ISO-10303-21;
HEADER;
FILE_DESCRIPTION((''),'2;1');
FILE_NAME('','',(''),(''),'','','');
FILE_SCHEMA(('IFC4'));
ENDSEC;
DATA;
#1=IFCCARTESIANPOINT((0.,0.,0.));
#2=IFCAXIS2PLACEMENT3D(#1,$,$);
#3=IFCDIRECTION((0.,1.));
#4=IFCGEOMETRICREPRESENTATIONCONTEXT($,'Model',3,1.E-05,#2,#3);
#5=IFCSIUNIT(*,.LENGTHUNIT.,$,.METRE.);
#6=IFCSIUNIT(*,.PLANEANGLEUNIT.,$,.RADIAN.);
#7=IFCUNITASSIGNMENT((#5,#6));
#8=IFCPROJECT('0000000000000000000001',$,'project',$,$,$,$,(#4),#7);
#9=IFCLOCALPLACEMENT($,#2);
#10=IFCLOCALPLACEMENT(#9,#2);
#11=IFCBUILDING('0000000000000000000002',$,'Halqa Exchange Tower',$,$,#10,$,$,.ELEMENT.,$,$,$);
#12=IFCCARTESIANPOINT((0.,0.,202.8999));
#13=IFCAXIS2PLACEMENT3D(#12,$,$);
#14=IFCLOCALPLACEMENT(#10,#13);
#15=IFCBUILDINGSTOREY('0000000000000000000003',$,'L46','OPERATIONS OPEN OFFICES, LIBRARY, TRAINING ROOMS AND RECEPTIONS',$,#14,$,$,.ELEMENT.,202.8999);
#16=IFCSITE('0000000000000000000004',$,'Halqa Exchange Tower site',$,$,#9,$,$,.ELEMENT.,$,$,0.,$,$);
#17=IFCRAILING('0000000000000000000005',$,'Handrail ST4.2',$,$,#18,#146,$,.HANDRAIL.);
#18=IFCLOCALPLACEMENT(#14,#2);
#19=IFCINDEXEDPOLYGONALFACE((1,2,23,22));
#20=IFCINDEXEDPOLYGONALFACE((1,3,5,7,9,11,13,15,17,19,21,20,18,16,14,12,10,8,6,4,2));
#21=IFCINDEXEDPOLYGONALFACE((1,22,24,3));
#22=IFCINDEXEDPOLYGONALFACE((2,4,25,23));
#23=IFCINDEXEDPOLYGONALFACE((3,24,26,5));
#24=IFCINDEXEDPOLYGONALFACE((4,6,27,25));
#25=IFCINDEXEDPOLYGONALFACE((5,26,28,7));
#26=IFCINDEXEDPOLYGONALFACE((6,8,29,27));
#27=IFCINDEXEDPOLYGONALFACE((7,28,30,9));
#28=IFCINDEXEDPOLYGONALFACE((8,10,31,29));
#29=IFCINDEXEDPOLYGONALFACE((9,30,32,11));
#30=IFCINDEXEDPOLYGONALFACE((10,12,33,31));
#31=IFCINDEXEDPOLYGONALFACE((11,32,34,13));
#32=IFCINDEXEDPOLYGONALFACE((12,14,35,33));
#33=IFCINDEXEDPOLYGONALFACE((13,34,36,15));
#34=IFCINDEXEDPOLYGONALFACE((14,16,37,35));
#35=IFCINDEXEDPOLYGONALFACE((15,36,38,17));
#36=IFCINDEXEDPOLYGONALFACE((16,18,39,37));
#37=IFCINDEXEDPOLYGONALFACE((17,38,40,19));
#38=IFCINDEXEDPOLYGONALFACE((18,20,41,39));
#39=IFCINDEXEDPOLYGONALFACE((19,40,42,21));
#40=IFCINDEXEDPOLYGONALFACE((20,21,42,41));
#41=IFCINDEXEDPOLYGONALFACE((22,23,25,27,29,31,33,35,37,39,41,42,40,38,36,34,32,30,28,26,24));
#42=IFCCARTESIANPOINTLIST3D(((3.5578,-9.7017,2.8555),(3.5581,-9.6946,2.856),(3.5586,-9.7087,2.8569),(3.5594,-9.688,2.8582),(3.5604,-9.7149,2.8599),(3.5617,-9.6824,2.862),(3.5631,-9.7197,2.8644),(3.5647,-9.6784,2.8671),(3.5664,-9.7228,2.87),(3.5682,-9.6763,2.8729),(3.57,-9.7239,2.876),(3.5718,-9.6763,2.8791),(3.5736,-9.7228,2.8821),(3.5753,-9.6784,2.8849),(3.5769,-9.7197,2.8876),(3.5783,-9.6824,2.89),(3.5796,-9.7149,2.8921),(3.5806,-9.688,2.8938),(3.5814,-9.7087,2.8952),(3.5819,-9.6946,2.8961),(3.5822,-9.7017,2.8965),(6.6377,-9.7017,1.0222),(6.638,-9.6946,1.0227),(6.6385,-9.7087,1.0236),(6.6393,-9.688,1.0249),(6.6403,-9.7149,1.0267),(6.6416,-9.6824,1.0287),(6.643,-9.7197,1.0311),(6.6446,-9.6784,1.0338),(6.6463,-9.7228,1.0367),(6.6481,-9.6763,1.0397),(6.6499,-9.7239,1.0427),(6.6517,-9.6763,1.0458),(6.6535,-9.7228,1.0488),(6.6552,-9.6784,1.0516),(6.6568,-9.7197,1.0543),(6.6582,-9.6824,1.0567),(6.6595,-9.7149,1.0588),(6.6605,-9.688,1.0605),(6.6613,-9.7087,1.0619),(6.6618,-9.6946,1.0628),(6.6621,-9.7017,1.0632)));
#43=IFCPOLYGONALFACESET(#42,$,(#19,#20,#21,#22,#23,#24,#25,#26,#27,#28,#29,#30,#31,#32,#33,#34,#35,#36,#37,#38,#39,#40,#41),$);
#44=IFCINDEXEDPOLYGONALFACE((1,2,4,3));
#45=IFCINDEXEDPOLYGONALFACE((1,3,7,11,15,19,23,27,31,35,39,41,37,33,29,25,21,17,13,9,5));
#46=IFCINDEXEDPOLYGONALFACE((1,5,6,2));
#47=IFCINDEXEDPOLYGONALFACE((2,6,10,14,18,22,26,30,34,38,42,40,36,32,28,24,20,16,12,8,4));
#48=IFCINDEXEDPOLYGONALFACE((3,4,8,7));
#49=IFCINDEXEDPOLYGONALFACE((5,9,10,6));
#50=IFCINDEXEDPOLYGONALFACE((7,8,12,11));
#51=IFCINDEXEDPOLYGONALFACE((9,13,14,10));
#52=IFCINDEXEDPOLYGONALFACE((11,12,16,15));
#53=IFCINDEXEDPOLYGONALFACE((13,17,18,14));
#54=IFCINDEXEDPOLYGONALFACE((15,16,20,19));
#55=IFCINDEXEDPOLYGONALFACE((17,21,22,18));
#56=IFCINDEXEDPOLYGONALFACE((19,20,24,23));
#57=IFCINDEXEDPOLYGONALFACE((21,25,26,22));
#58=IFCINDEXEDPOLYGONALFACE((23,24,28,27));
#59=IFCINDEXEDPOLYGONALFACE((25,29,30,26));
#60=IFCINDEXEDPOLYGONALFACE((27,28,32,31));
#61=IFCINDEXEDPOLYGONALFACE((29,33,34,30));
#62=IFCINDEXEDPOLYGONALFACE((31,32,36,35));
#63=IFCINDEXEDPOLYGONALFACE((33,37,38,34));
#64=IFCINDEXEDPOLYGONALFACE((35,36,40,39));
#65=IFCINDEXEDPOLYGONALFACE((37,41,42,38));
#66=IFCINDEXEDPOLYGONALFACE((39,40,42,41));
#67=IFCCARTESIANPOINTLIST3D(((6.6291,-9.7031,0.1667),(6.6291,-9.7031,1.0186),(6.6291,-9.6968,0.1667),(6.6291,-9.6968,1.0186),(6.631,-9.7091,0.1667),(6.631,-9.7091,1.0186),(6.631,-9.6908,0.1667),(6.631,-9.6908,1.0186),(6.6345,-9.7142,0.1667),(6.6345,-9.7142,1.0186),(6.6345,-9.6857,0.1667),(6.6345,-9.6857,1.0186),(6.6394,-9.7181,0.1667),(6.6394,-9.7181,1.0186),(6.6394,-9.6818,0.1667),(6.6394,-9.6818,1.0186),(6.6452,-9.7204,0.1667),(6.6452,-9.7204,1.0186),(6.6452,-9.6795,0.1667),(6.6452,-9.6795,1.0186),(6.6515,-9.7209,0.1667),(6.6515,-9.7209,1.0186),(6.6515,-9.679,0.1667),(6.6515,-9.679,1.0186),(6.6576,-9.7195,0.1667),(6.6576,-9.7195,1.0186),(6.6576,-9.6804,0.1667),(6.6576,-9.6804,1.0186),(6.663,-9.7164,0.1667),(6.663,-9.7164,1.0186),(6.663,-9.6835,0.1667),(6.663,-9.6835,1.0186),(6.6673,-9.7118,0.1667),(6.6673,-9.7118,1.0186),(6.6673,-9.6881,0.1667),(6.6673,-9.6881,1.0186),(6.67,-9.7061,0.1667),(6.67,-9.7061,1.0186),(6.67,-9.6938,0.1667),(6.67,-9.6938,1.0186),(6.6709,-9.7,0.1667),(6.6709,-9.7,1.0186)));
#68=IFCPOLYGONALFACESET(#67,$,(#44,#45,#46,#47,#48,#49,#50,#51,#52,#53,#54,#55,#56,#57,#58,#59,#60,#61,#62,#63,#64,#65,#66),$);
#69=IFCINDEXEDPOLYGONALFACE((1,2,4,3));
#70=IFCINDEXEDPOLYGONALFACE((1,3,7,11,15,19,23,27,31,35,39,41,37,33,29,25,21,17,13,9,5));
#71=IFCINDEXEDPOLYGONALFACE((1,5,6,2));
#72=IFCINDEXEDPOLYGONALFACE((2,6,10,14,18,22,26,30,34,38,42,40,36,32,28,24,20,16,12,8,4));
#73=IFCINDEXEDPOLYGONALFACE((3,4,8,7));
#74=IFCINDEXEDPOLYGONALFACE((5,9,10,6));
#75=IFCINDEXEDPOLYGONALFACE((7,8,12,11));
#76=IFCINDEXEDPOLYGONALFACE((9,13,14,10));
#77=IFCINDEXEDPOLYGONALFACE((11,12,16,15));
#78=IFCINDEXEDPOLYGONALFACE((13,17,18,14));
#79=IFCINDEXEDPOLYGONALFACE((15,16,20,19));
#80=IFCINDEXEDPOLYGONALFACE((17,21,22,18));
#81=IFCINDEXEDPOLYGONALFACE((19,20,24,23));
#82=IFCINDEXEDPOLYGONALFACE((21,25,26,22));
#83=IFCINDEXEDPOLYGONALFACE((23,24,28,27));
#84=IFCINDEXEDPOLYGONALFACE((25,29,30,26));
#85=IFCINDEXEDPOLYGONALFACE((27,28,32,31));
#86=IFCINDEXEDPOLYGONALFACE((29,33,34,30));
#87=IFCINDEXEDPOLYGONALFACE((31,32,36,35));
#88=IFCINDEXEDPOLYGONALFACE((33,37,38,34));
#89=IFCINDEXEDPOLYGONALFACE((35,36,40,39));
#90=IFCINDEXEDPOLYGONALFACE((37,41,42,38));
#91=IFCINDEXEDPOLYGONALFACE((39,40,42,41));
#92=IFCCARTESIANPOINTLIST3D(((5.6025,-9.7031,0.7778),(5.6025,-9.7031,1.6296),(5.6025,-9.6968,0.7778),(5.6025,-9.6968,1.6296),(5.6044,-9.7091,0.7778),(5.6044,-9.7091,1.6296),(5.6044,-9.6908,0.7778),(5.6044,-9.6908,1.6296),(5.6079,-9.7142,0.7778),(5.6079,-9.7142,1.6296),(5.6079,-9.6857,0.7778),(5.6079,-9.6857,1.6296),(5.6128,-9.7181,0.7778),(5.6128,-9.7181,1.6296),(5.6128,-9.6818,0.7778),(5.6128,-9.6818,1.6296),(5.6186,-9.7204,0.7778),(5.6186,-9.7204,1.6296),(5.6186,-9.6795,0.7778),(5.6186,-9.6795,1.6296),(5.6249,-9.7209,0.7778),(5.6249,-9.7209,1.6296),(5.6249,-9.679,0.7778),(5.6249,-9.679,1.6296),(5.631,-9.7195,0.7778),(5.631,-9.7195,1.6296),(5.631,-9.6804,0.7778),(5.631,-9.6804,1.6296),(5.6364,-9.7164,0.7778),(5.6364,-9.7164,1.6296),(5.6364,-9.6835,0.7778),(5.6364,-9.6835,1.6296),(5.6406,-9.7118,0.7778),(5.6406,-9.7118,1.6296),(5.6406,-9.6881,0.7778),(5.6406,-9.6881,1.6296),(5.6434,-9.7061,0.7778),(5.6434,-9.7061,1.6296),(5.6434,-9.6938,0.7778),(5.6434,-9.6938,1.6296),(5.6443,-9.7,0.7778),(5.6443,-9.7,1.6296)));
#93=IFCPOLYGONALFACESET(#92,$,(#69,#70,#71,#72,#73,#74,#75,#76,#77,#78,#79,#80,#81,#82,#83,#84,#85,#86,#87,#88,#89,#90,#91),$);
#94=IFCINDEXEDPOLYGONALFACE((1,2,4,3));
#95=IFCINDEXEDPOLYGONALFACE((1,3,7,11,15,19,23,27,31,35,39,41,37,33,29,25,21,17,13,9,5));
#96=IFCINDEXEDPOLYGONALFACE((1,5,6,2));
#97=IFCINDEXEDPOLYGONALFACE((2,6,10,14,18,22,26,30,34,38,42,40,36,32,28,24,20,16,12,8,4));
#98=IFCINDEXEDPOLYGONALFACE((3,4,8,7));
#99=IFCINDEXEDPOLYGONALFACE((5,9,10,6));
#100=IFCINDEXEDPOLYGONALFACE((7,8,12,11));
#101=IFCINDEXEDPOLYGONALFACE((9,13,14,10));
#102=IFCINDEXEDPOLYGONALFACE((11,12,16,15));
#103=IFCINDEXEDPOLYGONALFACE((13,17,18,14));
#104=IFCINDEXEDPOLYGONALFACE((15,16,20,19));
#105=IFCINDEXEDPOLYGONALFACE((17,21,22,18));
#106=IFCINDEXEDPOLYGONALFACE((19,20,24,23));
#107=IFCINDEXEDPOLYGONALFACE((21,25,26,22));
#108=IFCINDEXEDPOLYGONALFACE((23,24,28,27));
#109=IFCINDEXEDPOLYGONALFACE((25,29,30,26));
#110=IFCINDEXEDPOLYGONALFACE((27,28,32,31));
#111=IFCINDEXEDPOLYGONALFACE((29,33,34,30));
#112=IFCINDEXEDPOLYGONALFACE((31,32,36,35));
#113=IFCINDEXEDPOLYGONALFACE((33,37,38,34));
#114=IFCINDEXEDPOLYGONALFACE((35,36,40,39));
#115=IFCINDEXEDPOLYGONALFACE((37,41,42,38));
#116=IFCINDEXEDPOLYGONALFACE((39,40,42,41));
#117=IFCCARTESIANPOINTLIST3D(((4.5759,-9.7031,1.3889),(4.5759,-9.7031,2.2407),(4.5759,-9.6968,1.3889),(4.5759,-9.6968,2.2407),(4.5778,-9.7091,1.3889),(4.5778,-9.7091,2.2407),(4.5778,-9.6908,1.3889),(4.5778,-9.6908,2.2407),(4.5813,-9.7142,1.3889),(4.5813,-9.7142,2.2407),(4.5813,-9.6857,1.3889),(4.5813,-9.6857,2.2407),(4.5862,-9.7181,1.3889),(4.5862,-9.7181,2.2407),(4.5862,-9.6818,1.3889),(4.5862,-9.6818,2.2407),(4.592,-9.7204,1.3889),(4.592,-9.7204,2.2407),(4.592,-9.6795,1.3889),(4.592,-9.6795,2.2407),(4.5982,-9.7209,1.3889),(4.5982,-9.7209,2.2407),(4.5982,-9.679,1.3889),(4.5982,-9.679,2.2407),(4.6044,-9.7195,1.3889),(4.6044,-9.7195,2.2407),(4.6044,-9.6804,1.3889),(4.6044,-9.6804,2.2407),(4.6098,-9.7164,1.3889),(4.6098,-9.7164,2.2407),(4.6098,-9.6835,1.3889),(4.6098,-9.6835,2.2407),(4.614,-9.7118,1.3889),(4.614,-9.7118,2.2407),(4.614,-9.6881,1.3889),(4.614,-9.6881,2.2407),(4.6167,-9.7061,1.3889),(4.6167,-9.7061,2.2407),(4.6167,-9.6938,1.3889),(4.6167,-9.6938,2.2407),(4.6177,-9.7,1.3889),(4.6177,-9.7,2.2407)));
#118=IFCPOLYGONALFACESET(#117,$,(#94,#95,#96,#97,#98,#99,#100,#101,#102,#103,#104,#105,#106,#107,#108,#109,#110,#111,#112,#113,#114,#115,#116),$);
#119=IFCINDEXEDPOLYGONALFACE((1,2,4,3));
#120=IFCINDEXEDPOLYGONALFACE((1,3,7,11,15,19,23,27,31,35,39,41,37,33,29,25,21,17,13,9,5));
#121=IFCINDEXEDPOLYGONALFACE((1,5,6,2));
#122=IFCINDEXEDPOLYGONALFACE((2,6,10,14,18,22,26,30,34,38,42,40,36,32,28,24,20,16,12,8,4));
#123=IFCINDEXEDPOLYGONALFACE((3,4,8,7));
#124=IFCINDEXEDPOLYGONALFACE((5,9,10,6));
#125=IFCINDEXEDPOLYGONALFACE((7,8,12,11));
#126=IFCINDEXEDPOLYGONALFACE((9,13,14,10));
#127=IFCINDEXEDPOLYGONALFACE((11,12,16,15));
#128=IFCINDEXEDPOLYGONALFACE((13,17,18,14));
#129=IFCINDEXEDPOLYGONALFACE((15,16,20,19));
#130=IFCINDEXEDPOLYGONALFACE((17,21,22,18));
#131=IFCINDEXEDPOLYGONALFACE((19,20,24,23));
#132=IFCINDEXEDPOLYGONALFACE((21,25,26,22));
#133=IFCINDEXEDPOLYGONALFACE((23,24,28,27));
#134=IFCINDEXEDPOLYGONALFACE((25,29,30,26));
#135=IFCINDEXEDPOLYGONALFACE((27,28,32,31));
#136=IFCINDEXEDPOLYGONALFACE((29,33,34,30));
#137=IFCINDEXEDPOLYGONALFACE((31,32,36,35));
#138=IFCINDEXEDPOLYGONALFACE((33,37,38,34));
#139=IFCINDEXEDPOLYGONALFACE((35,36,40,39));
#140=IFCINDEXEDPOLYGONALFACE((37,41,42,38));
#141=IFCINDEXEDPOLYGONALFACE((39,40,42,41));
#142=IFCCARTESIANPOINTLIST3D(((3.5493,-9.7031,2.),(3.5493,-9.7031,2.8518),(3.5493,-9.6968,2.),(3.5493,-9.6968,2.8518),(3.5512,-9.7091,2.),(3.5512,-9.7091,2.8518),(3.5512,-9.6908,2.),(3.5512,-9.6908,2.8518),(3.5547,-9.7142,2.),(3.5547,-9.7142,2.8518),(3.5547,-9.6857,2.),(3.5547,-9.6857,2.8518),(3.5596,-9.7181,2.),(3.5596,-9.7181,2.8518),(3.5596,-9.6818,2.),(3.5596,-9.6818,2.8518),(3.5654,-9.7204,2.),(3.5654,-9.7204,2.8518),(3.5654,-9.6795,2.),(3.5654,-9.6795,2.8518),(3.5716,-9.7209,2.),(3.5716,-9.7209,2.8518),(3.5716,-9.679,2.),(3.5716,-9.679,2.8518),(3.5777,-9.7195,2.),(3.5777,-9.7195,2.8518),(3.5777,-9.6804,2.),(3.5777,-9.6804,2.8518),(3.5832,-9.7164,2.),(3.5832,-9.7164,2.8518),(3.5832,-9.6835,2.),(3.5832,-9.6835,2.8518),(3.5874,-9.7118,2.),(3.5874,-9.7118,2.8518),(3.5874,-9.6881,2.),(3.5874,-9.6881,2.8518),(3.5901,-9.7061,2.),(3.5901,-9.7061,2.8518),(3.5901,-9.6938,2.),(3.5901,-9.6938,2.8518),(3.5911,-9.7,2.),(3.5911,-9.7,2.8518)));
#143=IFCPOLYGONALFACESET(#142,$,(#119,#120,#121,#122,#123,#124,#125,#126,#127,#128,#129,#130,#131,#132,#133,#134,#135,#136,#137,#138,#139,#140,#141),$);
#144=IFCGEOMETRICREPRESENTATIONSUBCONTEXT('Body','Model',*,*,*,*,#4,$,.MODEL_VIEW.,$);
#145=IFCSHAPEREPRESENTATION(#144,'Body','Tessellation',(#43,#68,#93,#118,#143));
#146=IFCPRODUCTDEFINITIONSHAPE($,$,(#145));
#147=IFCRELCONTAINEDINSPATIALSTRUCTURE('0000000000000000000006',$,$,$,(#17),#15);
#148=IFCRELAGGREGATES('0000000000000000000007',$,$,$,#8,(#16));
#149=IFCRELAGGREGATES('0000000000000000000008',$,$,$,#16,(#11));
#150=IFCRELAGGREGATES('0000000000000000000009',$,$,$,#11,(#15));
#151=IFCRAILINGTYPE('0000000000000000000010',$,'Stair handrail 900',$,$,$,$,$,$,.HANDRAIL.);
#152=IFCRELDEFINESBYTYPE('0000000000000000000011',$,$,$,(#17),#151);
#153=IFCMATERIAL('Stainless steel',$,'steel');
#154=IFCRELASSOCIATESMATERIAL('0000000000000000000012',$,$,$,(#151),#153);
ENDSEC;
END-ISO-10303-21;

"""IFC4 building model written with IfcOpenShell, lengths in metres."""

from ifc_helpers import new_model, si_unit, direction, frame, origin, origin_2d, place, context, subcontext, project, spatial, circle, extrude, material, type_object, element, save


model = new_model("IFC4")

# Units and contexts
model_context = context("Model", 3, precision=1e-05, world=origin(), true_north=direction((0.0, 1.0)))
body_context = subcontext(model_context, "Body", "Model", "MODEL_VIEW")
ifc_project = project(units=[si_unit("LENGTHUNIT", "METRE"), si_unit("PLANEANGLEUNIT", "RADIAN")], contexts=[model_context])

# Site, building, storey
site_placement = place(None, origin())
site = spatial("IfcSite", under=ifc_project, at=site_placement, Name="Halqa Exchange Tower site", CompositionType="ELEMENT", RefElevation=0.0)
building_placement = place(site_placement, origin())
building = spatial("IfcBuilding", under=site, at=building_placement, Name="Halqa Exchange Tower", CompositionType="ELEMENT")
storey_placement = place(building_placement, frame((0.0, 0.0, 202.8999)))
storey = spatial("IfcBuildingStorey", under=building, at=storey_placement, Name="L46", Description="OPERATIONS OPEN OFFICES, LIBRARY, TRAINING ROOMS AND RECEPTIONS", CompositionType="ELEMENT", Elevation=202.8999)

# Railing
ifc_material_1 = material(Name="Stainless steel", Category="steel")
railing_type_1 = type_object("IfcRailingType", Name="Stair handrail 900", PredefinedType="HANDRAIL", material=ifc_material_1)
railing_1_placement = place(storey_placement, frame((6.6499, -9.7, 0.1667)))
element("IfcRailing", 1, at=railing_1_placement, inside=storey, type_object=railing_type_1, Name="Handrail ST4.2", PredefinedType="HANDRAIL", context=body_context, shape_type="SweptSolid", body=[
    extrude(circle(Radius=0.0239, at=origin_2d()), frame((0.0, 0.0, 0.876), z_axis=(-0.859291, 0.0, 0.511487), x_axis=(0.0, -1.0, 0.0)), (0.0, 0.0, 1.0), 3.5842),
    extrude(circle(Radius=0.021, at=origin_2d()), origin(), (0.0, 0.0, 1.0), 0.8518),
    extrude(circle(Radius=0.021, at=origin_2d()), frame((-1.0266, 0.0, 0.6111)), (0.0, 0.0, 1.0), 0.8518),
    extrude(circle(Radius=0.021, at=origin_2d()), frame((-2.0532, 0.0, 1.2222)), (0.0, 0.0, 1.0), 0.8518),
    extrude(circle(Radius=0.021, at=origin_2d()), frame((-3.0798, 0.0, 1.8333)), (0.0, 0.0, 1.0), 0.8518),
])

save(model, "model.ifc")
